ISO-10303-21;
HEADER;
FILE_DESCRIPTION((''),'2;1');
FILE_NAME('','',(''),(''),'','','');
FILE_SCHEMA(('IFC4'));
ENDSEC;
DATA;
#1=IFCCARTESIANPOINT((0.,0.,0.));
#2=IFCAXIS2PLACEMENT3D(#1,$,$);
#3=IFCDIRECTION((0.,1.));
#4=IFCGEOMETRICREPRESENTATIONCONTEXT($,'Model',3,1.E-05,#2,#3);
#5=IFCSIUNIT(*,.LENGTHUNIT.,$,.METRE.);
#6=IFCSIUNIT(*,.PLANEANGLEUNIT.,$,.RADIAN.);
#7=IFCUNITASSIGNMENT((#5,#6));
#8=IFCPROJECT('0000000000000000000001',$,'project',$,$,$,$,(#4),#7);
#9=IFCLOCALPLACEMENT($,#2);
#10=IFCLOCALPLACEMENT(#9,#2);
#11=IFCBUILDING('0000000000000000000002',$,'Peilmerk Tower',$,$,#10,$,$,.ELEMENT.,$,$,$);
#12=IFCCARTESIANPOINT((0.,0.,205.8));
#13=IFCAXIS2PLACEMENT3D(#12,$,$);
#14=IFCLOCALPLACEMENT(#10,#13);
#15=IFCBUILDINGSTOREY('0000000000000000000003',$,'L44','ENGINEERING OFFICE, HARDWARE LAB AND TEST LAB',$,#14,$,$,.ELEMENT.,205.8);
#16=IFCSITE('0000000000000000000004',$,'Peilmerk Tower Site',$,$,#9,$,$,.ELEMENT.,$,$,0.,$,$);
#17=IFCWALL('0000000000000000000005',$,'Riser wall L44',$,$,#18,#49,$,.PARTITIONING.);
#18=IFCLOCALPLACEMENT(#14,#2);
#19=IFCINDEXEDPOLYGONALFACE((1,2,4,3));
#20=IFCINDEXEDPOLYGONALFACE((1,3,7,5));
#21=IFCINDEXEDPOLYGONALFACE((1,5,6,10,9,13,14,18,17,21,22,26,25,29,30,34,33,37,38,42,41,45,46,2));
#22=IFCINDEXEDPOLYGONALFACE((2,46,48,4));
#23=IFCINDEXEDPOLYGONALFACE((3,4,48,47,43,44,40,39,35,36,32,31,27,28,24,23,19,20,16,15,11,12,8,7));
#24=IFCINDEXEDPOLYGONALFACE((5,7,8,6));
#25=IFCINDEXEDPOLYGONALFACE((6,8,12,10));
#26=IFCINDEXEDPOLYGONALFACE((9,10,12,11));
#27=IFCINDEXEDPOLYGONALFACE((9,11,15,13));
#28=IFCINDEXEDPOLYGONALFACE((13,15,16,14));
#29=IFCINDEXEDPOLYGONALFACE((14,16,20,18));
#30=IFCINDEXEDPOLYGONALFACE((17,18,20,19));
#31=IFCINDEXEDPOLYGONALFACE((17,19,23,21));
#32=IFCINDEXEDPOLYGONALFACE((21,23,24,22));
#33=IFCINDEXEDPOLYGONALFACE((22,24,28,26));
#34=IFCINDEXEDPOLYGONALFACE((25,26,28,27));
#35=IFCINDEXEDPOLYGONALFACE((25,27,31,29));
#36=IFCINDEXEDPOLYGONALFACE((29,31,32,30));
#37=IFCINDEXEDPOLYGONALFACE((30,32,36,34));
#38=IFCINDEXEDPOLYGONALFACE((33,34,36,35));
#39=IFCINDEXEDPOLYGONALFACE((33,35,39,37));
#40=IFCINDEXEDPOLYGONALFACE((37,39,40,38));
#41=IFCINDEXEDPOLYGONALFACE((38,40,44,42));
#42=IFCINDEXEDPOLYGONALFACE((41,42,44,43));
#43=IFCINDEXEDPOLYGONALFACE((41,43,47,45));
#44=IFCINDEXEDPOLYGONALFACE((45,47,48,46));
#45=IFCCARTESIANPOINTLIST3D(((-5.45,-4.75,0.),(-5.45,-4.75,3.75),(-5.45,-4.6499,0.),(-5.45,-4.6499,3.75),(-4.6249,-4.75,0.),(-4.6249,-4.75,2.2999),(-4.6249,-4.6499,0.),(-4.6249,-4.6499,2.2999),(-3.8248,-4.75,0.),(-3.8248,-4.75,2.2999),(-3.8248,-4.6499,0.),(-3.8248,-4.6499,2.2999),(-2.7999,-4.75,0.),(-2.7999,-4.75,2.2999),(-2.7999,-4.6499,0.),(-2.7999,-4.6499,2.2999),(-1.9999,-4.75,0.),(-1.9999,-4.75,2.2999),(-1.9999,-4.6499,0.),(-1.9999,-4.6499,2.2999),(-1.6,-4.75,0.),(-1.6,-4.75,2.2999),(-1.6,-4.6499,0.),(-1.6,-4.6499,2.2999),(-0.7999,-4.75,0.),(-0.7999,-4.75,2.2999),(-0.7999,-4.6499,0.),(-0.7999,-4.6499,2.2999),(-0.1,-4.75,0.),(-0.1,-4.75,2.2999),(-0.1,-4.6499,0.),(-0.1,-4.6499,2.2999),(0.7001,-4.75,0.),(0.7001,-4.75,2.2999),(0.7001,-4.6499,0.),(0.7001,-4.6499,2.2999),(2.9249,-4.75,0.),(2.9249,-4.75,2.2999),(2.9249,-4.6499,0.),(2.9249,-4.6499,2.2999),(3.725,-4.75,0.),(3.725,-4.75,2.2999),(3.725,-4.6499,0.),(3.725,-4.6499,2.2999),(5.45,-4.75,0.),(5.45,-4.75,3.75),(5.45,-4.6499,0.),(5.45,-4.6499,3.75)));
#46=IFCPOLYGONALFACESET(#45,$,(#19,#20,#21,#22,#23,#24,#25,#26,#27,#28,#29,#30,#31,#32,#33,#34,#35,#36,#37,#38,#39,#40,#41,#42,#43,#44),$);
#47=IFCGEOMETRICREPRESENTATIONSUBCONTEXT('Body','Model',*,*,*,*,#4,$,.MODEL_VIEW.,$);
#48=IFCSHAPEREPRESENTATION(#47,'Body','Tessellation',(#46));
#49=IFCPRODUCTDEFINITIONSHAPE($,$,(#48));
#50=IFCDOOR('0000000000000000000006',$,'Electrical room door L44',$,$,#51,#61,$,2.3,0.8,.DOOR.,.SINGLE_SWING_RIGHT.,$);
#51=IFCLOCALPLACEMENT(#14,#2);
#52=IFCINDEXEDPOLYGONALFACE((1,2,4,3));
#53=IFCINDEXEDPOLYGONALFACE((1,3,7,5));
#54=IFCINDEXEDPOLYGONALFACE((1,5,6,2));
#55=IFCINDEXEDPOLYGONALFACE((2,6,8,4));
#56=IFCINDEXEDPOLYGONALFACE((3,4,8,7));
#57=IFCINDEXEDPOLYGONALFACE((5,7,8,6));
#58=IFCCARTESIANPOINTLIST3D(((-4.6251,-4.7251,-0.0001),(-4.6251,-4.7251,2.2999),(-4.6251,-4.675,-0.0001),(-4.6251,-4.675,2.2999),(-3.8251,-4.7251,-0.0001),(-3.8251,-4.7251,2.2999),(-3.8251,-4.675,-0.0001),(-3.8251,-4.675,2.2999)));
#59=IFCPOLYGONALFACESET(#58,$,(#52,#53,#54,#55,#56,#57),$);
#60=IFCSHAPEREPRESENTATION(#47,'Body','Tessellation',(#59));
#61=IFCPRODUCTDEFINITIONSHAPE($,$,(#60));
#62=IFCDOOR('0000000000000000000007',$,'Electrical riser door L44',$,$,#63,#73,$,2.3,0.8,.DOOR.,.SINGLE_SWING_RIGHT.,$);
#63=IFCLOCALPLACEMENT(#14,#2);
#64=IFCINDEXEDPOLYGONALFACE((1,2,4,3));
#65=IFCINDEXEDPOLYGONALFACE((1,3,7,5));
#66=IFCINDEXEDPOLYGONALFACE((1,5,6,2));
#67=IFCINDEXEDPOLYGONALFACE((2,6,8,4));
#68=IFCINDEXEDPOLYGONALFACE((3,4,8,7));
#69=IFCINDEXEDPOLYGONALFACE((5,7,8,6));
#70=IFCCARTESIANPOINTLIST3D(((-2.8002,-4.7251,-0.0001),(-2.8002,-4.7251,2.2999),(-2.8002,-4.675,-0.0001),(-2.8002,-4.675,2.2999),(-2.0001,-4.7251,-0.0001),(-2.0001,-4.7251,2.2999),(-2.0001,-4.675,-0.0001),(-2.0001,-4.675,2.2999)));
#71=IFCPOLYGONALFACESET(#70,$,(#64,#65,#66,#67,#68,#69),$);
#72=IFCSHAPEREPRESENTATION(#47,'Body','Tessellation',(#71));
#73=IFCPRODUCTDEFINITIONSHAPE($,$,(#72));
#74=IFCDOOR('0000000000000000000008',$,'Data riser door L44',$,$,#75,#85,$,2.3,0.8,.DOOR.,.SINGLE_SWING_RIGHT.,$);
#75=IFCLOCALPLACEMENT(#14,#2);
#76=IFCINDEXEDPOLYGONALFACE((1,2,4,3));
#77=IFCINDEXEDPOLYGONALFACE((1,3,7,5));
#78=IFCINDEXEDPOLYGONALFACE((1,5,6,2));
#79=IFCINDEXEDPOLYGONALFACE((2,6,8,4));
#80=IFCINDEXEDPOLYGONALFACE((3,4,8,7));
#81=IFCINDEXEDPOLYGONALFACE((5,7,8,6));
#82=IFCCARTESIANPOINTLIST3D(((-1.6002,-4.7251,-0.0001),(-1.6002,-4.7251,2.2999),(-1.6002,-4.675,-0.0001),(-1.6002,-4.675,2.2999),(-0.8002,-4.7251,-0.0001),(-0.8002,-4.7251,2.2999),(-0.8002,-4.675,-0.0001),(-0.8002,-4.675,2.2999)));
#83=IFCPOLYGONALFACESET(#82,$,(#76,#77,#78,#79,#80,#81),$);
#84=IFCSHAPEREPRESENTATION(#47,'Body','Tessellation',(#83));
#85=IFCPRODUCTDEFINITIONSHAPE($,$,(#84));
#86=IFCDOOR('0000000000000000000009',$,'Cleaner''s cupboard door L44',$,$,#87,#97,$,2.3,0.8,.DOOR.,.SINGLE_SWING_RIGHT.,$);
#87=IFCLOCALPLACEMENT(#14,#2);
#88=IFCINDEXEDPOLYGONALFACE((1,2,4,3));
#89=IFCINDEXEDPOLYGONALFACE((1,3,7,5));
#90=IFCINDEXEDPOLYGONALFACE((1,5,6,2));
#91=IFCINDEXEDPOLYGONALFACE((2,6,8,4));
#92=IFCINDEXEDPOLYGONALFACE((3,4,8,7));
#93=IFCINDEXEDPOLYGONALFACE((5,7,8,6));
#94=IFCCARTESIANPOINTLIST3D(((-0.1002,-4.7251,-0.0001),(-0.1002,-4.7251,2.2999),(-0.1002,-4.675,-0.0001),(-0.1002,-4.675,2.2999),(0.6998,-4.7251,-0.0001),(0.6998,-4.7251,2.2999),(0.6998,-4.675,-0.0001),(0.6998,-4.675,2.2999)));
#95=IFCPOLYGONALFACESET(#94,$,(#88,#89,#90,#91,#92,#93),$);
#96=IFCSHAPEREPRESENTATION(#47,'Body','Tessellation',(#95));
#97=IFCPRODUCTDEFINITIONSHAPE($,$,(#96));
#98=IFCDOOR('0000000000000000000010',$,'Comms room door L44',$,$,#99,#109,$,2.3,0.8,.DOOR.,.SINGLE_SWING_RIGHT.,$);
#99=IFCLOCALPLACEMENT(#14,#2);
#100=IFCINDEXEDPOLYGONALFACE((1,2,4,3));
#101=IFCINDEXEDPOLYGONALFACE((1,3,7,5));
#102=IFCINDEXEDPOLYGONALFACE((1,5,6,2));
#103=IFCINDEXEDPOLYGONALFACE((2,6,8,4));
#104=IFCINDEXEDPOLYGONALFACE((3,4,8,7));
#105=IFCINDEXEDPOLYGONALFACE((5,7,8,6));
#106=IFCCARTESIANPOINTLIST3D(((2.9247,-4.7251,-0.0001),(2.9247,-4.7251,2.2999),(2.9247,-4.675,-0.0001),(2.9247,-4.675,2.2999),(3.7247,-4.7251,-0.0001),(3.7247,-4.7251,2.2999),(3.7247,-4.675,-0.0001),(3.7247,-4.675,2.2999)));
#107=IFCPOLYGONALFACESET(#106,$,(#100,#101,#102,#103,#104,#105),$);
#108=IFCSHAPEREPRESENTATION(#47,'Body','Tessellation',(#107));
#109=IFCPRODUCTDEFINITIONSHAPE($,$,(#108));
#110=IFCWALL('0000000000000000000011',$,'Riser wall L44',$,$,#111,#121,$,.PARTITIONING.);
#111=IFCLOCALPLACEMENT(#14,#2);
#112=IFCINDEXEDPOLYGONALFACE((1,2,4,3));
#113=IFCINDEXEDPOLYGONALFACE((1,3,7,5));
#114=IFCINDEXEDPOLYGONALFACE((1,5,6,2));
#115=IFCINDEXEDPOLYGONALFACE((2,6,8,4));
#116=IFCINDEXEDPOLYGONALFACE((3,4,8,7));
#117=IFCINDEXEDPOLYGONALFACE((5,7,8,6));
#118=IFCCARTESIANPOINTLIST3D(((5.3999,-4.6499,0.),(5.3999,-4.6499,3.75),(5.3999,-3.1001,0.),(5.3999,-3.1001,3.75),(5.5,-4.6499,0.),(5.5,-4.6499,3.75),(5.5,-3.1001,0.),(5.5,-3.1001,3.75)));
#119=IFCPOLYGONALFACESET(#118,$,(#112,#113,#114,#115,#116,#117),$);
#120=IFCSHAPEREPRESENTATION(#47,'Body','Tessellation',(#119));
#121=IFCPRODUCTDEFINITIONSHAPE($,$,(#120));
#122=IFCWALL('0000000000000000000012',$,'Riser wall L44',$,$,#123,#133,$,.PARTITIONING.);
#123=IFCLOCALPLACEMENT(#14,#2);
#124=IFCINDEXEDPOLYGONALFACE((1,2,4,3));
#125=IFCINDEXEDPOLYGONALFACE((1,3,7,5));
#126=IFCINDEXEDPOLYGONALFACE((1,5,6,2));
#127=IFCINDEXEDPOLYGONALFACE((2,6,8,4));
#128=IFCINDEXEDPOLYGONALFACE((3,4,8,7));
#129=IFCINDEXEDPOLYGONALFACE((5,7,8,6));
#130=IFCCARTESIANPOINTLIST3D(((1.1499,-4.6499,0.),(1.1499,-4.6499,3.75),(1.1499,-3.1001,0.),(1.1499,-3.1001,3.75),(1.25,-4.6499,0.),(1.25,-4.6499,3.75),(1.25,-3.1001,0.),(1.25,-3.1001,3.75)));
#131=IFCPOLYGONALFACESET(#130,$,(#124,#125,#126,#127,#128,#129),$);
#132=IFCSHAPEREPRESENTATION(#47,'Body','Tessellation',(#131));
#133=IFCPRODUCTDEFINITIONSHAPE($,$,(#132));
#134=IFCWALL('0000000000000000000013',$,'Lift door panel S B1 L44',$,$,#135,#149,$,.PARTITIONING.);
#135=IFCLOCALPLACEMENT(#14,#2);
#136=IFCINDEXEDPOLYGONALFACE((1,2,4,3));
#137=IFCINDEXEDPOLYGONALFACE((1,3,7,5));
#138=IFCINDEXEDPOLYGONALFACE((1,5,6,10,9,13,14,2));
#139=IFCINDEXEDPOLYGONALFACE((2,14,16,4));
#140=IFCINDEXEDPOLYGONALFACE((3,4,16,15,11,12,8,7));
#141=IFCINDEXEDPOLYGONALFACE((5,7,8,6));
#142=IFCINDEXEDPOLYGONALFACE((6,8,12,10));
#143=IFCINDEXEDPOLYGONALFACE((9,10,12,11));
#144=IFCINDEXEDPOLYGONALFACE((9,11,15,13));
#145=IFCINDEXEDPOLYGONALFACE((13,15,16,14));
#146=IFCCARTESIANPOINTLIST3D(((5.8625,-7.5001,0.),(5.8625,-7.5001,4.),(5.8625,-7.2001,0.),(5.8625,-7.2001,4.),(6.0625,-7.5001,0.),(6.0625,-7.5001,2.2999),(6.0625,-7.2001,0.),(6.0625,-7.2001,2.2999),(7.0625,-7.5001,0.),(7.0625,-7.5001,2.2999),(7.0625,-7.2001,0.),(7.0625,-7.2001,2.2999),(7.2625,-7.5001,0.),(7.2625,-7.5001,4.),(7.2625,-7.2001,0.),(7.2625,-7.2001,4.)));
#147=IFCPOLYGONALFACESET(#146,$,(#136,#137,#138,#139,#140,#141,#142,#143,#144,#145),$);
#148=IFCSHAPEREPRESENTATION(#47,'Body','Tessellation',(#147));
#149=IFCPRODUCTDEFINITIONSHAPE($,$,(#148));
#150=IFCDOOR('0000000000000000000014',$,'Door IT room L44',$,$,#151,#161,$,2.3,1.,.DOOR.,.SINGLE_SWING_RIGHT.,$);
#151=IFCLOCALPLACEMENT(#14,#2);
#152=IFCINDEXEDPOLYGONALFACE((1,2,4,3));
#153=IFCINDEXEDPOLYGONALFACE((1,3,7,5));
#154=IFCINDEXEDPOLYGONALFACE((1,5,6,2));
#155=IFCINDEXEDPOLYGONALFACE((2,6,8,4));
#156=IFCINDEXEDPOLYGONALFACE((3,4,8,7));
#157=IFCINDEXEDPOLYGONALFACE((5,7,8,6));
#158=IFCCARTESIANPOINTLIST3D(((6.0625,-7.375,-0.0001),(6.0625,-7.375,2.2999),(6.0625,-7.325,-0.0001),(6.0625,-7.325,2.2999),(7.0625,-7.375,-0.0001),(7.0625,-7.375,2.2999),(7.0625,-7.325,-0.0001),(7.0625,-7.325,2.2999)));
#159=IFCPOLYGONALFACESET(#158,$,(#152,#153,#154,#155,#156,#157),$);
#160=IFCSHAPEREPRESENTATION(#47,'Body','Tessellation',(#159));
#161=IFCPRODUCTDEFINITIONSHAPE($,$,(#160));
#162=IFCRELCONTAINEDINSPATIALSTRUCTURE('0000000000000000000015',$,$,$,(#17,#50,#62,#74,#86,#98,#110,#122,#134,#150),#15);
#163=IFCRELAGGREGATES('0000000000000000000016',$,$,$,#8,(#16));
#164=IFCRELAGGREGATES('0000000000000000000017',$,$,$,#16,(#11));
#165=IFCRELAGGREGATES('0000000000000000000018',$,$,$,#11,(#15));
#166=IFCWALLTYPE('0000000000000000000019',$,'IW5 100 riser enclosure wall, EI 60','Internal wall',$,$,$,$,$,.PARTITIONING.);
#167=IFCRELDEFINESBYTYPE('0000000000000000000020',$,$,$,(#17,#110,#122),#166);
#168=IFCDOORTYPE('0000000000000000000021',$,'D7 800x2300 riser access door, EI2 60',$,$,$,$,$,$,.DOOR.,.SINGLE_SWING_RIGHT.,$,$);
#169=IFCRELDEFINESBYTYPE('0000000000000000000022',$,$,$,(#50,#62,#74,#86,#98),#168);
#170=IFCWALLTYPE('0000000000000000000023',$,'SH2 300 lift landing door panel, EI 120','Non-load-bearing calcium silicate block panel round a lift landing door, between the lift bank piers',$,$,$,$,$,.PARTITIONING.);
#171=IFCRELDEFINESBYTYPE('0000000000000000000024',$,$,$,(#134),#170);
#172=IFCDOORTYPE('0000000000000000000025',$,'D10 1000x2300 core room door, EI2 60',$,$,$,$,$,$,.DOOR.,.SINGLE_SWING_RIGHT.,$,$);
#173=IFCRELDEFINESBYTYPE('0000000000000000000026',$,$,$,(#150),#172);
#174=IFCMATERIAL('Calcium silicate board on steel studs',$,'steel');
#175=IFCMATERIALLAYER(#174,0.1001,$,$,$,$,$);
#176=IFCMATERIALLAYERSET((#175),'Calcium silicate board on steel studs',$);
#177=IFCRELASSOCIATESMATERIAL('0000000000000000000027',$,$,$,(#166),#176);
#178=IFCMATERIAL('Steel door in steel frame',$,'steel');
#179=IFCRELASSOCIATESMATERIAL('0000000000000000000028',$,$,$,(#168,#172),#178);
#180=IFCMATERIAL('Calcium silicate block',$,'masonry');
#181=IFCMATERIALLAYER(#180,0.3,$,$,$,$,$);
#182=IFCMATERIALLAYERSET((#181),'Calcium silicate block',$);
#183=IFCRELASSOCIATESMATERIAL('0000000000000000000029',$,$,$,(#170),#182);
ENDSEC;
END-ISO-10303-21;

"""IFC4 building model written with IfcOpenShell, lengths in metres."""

from ifc_helpers import new_model, si_unit, direction, frame, frame_2d, origin, place, context, subcontext, project, spatial, rectangle, extrude, material, layer, layer_set, type_object, element, fill, save


model = new_model("IFC4")

# Units and contexts
model_context = context("Model", 3, precision=1e-05, world=origin(), true_north=direction((0.0, 1.0)))
body_context = subcontext(model_context, "Body", "Model", "MODEL_VIEW")
ifc_project = project(units=[si_unit("LENGTHUNIT", "METRE"), si_unit("PLANEANGLEUNIT", "RADIAN")], contexts=[model_context])

# Site, building, storey
site_placement = place(None, origin())
site = spatial("IfcSite", under=ifc_project, at=site_placement, Name="Peilmerk Tower Site", CompositionType="ELEMENT", RefElevation=0.0)
building_placement = place(site_placement, origin())
building = spatial("IfcBuilding", under=site, at=building_placement, Name="Peilmerk Tower", CompositionType="ELEMENT")
storey_placement = place(building_placement, frame((0.0, 0.0, 205.8)))
storey = spatial("IfcBuildingStorey", under=building, at=storey_placement, Name="L44", Description="ENGINEERING OFFICE, HARDWARE LAB AND TEST LAB", CompositionType="ELEMENT", Elevation=205.8)

# Shared definitions
ifc_material_1 = material(Name="Steel door in steel frame", Category="steel")

# Shared definitions
ifc_material_2 = material(Name="Calcium silicate board on steel studs", Category="steel")
ifc_layer_1 = layer(ifc_material_2, 0.1001)
ifc_layer_set_1 = layer_set([ifc_layer_1], Name="Calcium silicate board on steel studs")
wall_type_1 = type_object("IfcWallType", Name="IW5 100 riser enclosure wall, EI 60", Description="Internal wall", PredefinedType="PARTITIONING", material=ifc_layer_set_1)

# Wall, openings, doors
wall_1_placement = place(storey_placement, frame((5.45, -4.7, 0.0), z_axis=(0.0, 0.0, 1.0), x_axis=(-1.0, 0.0, 0.0)))
wall_1 = element("IfcWall", 1, at=wall_1_placement, inside=storey, type_object=wall_type_1, Name="Riser wall L44", PredefinedType="PARTITIONING", context=body_context, shape_type="SweptSolid", body=[
    extrude(rectangle(XDim=10.8999, YDim=0.1001, at=frame_2d((5.45, 0.0))), origin(), (0.0, 0.0, 1.0), 3.75),
])
opening_1_placement = place(wall_1_placement, frame((9.2749, 0.0, 0.0)))
opening_1 = element("IfcOpeningElement", 2, at=opening_1_placement, cuts=wall_1, PredefinedType="OPENING", context=body_context, shape_type="SweptSolid", body=[
    extrude(rectangle(XDim=0.8, YDim=2.3, at=frame_2d((0.3999, 1.1499))), frame((0.0, 0.0601, 0.0), z_axis=(0.0, -1.0, 0.0), x_axis=(1.0, 0.0, 0.0)), (0.0, 0.0, 1.0), 0.1201),
])
opening_2_placement = place(wall_1_placement, frame((7.45, 0.0, 0.0)))
opening_2 = element("IfcOpeningElement", 3, at=opening_2_placement, cuts=wall_1, PredefinedType="OPENING", context=body_context, shape_type="SweptSolid", body=[
    extrude(rectangle(XDim=0.8, YDim=2.3, at=frame_2d((0.3999, 1.1499))), frame((0.0, 0.0601, 0.0), z_axis=(0.0, -1.0, 0.0), x_axis=(1.0, 0.0, 0.0)), (0.0, 0.0, 1.0), 0.1201),
])
opening_3_placement = place(wall_1_placement, frame((6.25, 0.0, 0.0)))
opening_3 = element("IfcOpeningElement", 4, at=opening_3_placement, cuts=wall_1, PredefinedType="OPENING", context=body_context, shape_type="SweptSolid", body=[
    extrude(rectangle(XDim=0.8, YDim=2.3, at=frame_2d((0.3999, 1.1499))), frame((0.0, 0.0601, 0.0), z_axis=(0.0, -1.0, 0.0), x_axis=(1.0, 0.0, 0.0)), (0.0, 0.0, 1.0), 0.1201),
])
opening_4_placement = place(wall_1_placement, frame((4.75, 0.0, 0.0)))
opening_4 = element("IfcOpeningElement", 5, at=opening_4_placement, cuts=wall_1, PredefinedType="OPENING", context=body_context, shape_type="SweptSolid", body=[
    extrude(rectangle(XDim=0.8, YDim=2.3, at=frame_2d((0.3999, 1.1499))), frame((0.0, 0.0601, 0.0), z_axis=(0.0, -1.0, 0.0), x_axis=(1.0, 0.0, 0.0)), (0.0, 0.0, 1.0), 0.1201),
])
opening_5_placement = place(wall_1_placement, frame((1.7251, 0.0, 0.0)))
opening_5 = element("IfcOpeningElement", 6, at=opening_5_placement, cuts=wall_1, PredefinedType="OPENING", context=body_context, shape_type="SweptSolid", body=[
    extrude(rectangle(XDim=0.8, YDim=2.3, at=frame_2d((0.3999, 1.1499))), frame((0.0, 0.0601, 0.0), z_axis=(0.0, -1.0, 0.0), x_axis=(1.0, 0.0, 0.0)), (0.0, 0.0, 1.0), 0.1201),
])
door_type_1 = type_object("IfcDoorType", Name="D7 800x2300 riser access door, EI2 60", OperationType="SINGLE_SWING_RIGHT", PredefinedType="DOOR", material=ifc_material_1)
door_1_placement = place(opening_1_placement, frame((0.8, 0.0, 0.0), z_axis=(0.0, 0.0, 1.0), x_axis=(-1.0, 0.0, 0.0)))
door_1 = element("IfcDoor", 7, at=door_1_placement, inside=storey, type_object=door_type_1, Name="Electrical room door L44", OperationType="SINGLE_SWING_RIGHT", OverallHeight=2.3, OverallWidth=0.8, PredefinedType="DOOR", context=body_context, shape_type="SweptSolid", body=[
    extrude(rectangle(XDim=0.8, YDim=2.3, at=frame_2d((0.3999, 1.1499))), frame((0.0, 0.0249, 0.0), z_axis=(0.0, -1.0, 0.0), x_axis=(1.0, 0.0, 0.0)), (0.0, 0.0, 1.0), 0.05),
])
fill(opening_1, door_1)
door_2_placement = place(opening_2_placement, frame((0.8, 0.0, 0.0), z_axis=(0.0, 0.0, 1.0), x_axis=(-1.0, 0.0, 0.0)))
door_2 = element("IfcDoor", 8, at=door_2_placement, inside=storey, type_object=door_type_1, Name="Electrical riser door L44", OperationType="SINGLE_SWING_RIGHT", OverallHeight=2.3, OverallWidth=0.8, PredefinedType="DOOR", context=body_context, shape_type="SweptSolid", body=[
    extrude(rectangle(XDim=0.8, YDim=2.3, at=frame_2d((0.3999, 1.1499))), frame((0.0, 0.0249, 0.0), z_axis=(0.0, -1.0, 0.0), x_axis=(1.0, 0.0, 0.0)), (0.0, 0.0, 1.0), 0.05),
])
fill(opening_2, door_2)
door_3_placement = place(opening_3_placement, frame((0.8, 0.0, 0.0), z_axis=(0.0, 0.0, 1.0), x_axis=(-1.0, 0.0, 0.0)))
door_3 = element("IfcDoor", 9, at=door_3_placement, inside=storey, type_object=door_type_1, Name="Data riser door L44", OperationType="SINGLE_SWING_RIGHT", OverallHeight=2.3, OverallWidth=0.8, PredefinedType="DOOR", context=body_context, shape_type="SweptSolid", body=[
    extrude(rectangle(XDim=0.8, YDim=2.3, at=frame_2d((0.3999, 1.1499))), frame((0.0, 0.0249, 0.0), z_axis=(0.0, -1.0, 0.0), x_axis=(1.0, 0.0, 0.0)), (0.0, 0.0, 1.0), 0.05),
])
fill(opening_3, door_3)
door_4_placement = place(opening_4_placement, frame((0.8, 0.0, 0.0), z_axis=(0.0, 0.0, 1.0), x_axis=(-1.0, 0.0, 0.0)))
door_4 = element("IfcDoor", 10, at=door_4_placement, inside=storey, type_object=door_type_1, Name="Cleaner's cupboard door L44", OperationType="SINGLE_SWING_RIGHT", OverallHeight=2.3, OverallWidth=0.8, PredefinedType="DOOR", context=body_context, shape_type="SweptSolid", body=[
    extrude(rectangle(XDim=0.8, YDim=2.3, at=frame_2d((0.3999, 1.1499))), frame((0.0, 0.0249, 0.0), z_axis=(0.0, -1.0, 0.0), x_axis=(1.0, 0.0, 0.0)), (0.0, 0.0, 1.0), 0.05),
])
fill(opening_4, door_4)
door_5_placement = place(opening_5_placement, frame((0.8, 0.0, 0.0), z_axis=(0.0, 0.0, 1.0), x_axis=(-1.0, 0.0, 0.0)))
door_5 = element("IfcDoor", 11, at=door_5_placement, inside=storey, type_object=door_type_1, Name="Comms room door L44", OperationType="SINGLE_SWING_RIGHT", OverallHeight=2.3, OverallWidth=0.8, PredefinedType="DOOR", context=body_context, shape_type="SweptSolid", body=[
    extrude(rectangle(XDim=0.8, YDim=2.3, at=frame_2d((0.3999, 1.1499))), frame((0.0, 0.0249, 0.0), z_axis=(0.0, -1.0, 0.0), x_axis=(1.0, 0.0, 0.0)), (0.0, 0.0, 1.0), 0.05),
])
fill(opening_5, door_5)

# Walls
for number, where, z_axis, x_axis, name in (
    (12, (5.45, -3.1001, 0.0), (0.0, 0.0, 1.0), (0.0, -1.0, 0.0), "Riser wall L44"),
    (13, (1.2, -3.1001, 0.0), (0.0, 0.0, 1.0), (0.0, -1.0, 0.0), "Riser wall L44"),
):
    element("IfcWall", number, at=place(storey_placement, frame(where, z_axis=z_axis, x_axis=x_axis)), inside=storey, type_object=wall_type_1, Name=name, PredefinedType="PARTITIONING", context=body_context, shape_type="SweptSolid", body=[
        extrude(rectangle(XDim=1.5498, YDim=0.1001, at=frame_2d((0.7749, 0.0))), origin(), (0.0, 0.0, 1.0), 3.75),
    ])

# Wall, opening, door
ifc_material_3 = material(Name="Calcium silicate block", Category="masonry")
ifc_layer_2 = layer(ifc_material_3, 0.3)
ifc_layer_set_2 = layer_set([ifc_layer_2], Name="Calcium silicate block")
wall_type_2 = type_object("IfcWallType", Name="SH2 300 lift landing door panel, EI 120", Description="Non-load-bearing calcium silicate block panel round a lift landing door, between the lift bank piers", PredefinedType="PARTITIONING", material=ifc_layer_set_2)
wall_2_placement = place(storey_placement, frame((5.8625, -7.3501, 0.0), z_axis=(0.0, 0.0, 1.0), x_axis=(1.0, 0.0, 0.0)))
wall_2 = element("IfcWall", 14, at=wall_2_placement, inside=storey, type_object=wall_type_2, Name="Lift door panel S B1 L44", PredefinedType="PARTITIONING", context=body_context, shape_type="SweptSolid", body=[
    extrude(rectangle(XDim=1.3999, YDim=0.3, at=frame_2d((0.7, 0.0))), origin(), (0.0, 0.0, 1.0), 4.0),
])
opening_6_placement = place(wall_2_placement, frame((0.2, 0.0, 0.0)))
opening_6 = element("IfcOpeningElement", 15, at=opening_6_placement, cuts=wall_2, PredefinedType="OPENING", context=body_context, shape_type="SweptSolid", body=[
    extrude(rectangle(XDim=1.0, YDim=2.3, at=frame_2d((0.5, 1.1499))), frame((0.0, 0.1599, 0.0), z_axis=(0.0, -1.0, 0.0), x_axis=(1.0, 0.0, 0.0)), (0.0, 0.0, 1.0), 0.3201),
])
door_type_2 = type_object("IfcDoorType", Name="D10 1000x2300 core room door, EI2 60", OperationType="SINGLE_SWING_RIGHT", PredefinedType="DOOR", material=ifc_material_1)
door_6_placement = place(opening_6_placement, frame((1.0, 0.0, 0.0), z_axis=(0.0, 0.0, 1.0), x_axis=(-1.0, 0.0, 0.0)))
door_6 = element("IfcDoor", 16, at=door_6_placement, inside=storey, type_object=door_type_2, Name="Door IT room L44", OperationType="SINGLE_SWING_RIGHT", OverallHeight=2.3, OverallWidth=1.0, PredefinedType="DOOR", context=body_context, shape_type="SweptSolid", body=[
    extrude(rectangle(XDim=1.0, YDim=2.3, at=frame_2d((0.5, 1.1499))), frame((0.0, 0.0249, 0.0), z_axis=(0.0, -1.0, 0.0), x_axis=(1.0, 0.0, 0.0)), (0.0, 0.0, 1.0), 0.05),
])
fill(opening_6, door_6)

save(model, "model.ifc")
